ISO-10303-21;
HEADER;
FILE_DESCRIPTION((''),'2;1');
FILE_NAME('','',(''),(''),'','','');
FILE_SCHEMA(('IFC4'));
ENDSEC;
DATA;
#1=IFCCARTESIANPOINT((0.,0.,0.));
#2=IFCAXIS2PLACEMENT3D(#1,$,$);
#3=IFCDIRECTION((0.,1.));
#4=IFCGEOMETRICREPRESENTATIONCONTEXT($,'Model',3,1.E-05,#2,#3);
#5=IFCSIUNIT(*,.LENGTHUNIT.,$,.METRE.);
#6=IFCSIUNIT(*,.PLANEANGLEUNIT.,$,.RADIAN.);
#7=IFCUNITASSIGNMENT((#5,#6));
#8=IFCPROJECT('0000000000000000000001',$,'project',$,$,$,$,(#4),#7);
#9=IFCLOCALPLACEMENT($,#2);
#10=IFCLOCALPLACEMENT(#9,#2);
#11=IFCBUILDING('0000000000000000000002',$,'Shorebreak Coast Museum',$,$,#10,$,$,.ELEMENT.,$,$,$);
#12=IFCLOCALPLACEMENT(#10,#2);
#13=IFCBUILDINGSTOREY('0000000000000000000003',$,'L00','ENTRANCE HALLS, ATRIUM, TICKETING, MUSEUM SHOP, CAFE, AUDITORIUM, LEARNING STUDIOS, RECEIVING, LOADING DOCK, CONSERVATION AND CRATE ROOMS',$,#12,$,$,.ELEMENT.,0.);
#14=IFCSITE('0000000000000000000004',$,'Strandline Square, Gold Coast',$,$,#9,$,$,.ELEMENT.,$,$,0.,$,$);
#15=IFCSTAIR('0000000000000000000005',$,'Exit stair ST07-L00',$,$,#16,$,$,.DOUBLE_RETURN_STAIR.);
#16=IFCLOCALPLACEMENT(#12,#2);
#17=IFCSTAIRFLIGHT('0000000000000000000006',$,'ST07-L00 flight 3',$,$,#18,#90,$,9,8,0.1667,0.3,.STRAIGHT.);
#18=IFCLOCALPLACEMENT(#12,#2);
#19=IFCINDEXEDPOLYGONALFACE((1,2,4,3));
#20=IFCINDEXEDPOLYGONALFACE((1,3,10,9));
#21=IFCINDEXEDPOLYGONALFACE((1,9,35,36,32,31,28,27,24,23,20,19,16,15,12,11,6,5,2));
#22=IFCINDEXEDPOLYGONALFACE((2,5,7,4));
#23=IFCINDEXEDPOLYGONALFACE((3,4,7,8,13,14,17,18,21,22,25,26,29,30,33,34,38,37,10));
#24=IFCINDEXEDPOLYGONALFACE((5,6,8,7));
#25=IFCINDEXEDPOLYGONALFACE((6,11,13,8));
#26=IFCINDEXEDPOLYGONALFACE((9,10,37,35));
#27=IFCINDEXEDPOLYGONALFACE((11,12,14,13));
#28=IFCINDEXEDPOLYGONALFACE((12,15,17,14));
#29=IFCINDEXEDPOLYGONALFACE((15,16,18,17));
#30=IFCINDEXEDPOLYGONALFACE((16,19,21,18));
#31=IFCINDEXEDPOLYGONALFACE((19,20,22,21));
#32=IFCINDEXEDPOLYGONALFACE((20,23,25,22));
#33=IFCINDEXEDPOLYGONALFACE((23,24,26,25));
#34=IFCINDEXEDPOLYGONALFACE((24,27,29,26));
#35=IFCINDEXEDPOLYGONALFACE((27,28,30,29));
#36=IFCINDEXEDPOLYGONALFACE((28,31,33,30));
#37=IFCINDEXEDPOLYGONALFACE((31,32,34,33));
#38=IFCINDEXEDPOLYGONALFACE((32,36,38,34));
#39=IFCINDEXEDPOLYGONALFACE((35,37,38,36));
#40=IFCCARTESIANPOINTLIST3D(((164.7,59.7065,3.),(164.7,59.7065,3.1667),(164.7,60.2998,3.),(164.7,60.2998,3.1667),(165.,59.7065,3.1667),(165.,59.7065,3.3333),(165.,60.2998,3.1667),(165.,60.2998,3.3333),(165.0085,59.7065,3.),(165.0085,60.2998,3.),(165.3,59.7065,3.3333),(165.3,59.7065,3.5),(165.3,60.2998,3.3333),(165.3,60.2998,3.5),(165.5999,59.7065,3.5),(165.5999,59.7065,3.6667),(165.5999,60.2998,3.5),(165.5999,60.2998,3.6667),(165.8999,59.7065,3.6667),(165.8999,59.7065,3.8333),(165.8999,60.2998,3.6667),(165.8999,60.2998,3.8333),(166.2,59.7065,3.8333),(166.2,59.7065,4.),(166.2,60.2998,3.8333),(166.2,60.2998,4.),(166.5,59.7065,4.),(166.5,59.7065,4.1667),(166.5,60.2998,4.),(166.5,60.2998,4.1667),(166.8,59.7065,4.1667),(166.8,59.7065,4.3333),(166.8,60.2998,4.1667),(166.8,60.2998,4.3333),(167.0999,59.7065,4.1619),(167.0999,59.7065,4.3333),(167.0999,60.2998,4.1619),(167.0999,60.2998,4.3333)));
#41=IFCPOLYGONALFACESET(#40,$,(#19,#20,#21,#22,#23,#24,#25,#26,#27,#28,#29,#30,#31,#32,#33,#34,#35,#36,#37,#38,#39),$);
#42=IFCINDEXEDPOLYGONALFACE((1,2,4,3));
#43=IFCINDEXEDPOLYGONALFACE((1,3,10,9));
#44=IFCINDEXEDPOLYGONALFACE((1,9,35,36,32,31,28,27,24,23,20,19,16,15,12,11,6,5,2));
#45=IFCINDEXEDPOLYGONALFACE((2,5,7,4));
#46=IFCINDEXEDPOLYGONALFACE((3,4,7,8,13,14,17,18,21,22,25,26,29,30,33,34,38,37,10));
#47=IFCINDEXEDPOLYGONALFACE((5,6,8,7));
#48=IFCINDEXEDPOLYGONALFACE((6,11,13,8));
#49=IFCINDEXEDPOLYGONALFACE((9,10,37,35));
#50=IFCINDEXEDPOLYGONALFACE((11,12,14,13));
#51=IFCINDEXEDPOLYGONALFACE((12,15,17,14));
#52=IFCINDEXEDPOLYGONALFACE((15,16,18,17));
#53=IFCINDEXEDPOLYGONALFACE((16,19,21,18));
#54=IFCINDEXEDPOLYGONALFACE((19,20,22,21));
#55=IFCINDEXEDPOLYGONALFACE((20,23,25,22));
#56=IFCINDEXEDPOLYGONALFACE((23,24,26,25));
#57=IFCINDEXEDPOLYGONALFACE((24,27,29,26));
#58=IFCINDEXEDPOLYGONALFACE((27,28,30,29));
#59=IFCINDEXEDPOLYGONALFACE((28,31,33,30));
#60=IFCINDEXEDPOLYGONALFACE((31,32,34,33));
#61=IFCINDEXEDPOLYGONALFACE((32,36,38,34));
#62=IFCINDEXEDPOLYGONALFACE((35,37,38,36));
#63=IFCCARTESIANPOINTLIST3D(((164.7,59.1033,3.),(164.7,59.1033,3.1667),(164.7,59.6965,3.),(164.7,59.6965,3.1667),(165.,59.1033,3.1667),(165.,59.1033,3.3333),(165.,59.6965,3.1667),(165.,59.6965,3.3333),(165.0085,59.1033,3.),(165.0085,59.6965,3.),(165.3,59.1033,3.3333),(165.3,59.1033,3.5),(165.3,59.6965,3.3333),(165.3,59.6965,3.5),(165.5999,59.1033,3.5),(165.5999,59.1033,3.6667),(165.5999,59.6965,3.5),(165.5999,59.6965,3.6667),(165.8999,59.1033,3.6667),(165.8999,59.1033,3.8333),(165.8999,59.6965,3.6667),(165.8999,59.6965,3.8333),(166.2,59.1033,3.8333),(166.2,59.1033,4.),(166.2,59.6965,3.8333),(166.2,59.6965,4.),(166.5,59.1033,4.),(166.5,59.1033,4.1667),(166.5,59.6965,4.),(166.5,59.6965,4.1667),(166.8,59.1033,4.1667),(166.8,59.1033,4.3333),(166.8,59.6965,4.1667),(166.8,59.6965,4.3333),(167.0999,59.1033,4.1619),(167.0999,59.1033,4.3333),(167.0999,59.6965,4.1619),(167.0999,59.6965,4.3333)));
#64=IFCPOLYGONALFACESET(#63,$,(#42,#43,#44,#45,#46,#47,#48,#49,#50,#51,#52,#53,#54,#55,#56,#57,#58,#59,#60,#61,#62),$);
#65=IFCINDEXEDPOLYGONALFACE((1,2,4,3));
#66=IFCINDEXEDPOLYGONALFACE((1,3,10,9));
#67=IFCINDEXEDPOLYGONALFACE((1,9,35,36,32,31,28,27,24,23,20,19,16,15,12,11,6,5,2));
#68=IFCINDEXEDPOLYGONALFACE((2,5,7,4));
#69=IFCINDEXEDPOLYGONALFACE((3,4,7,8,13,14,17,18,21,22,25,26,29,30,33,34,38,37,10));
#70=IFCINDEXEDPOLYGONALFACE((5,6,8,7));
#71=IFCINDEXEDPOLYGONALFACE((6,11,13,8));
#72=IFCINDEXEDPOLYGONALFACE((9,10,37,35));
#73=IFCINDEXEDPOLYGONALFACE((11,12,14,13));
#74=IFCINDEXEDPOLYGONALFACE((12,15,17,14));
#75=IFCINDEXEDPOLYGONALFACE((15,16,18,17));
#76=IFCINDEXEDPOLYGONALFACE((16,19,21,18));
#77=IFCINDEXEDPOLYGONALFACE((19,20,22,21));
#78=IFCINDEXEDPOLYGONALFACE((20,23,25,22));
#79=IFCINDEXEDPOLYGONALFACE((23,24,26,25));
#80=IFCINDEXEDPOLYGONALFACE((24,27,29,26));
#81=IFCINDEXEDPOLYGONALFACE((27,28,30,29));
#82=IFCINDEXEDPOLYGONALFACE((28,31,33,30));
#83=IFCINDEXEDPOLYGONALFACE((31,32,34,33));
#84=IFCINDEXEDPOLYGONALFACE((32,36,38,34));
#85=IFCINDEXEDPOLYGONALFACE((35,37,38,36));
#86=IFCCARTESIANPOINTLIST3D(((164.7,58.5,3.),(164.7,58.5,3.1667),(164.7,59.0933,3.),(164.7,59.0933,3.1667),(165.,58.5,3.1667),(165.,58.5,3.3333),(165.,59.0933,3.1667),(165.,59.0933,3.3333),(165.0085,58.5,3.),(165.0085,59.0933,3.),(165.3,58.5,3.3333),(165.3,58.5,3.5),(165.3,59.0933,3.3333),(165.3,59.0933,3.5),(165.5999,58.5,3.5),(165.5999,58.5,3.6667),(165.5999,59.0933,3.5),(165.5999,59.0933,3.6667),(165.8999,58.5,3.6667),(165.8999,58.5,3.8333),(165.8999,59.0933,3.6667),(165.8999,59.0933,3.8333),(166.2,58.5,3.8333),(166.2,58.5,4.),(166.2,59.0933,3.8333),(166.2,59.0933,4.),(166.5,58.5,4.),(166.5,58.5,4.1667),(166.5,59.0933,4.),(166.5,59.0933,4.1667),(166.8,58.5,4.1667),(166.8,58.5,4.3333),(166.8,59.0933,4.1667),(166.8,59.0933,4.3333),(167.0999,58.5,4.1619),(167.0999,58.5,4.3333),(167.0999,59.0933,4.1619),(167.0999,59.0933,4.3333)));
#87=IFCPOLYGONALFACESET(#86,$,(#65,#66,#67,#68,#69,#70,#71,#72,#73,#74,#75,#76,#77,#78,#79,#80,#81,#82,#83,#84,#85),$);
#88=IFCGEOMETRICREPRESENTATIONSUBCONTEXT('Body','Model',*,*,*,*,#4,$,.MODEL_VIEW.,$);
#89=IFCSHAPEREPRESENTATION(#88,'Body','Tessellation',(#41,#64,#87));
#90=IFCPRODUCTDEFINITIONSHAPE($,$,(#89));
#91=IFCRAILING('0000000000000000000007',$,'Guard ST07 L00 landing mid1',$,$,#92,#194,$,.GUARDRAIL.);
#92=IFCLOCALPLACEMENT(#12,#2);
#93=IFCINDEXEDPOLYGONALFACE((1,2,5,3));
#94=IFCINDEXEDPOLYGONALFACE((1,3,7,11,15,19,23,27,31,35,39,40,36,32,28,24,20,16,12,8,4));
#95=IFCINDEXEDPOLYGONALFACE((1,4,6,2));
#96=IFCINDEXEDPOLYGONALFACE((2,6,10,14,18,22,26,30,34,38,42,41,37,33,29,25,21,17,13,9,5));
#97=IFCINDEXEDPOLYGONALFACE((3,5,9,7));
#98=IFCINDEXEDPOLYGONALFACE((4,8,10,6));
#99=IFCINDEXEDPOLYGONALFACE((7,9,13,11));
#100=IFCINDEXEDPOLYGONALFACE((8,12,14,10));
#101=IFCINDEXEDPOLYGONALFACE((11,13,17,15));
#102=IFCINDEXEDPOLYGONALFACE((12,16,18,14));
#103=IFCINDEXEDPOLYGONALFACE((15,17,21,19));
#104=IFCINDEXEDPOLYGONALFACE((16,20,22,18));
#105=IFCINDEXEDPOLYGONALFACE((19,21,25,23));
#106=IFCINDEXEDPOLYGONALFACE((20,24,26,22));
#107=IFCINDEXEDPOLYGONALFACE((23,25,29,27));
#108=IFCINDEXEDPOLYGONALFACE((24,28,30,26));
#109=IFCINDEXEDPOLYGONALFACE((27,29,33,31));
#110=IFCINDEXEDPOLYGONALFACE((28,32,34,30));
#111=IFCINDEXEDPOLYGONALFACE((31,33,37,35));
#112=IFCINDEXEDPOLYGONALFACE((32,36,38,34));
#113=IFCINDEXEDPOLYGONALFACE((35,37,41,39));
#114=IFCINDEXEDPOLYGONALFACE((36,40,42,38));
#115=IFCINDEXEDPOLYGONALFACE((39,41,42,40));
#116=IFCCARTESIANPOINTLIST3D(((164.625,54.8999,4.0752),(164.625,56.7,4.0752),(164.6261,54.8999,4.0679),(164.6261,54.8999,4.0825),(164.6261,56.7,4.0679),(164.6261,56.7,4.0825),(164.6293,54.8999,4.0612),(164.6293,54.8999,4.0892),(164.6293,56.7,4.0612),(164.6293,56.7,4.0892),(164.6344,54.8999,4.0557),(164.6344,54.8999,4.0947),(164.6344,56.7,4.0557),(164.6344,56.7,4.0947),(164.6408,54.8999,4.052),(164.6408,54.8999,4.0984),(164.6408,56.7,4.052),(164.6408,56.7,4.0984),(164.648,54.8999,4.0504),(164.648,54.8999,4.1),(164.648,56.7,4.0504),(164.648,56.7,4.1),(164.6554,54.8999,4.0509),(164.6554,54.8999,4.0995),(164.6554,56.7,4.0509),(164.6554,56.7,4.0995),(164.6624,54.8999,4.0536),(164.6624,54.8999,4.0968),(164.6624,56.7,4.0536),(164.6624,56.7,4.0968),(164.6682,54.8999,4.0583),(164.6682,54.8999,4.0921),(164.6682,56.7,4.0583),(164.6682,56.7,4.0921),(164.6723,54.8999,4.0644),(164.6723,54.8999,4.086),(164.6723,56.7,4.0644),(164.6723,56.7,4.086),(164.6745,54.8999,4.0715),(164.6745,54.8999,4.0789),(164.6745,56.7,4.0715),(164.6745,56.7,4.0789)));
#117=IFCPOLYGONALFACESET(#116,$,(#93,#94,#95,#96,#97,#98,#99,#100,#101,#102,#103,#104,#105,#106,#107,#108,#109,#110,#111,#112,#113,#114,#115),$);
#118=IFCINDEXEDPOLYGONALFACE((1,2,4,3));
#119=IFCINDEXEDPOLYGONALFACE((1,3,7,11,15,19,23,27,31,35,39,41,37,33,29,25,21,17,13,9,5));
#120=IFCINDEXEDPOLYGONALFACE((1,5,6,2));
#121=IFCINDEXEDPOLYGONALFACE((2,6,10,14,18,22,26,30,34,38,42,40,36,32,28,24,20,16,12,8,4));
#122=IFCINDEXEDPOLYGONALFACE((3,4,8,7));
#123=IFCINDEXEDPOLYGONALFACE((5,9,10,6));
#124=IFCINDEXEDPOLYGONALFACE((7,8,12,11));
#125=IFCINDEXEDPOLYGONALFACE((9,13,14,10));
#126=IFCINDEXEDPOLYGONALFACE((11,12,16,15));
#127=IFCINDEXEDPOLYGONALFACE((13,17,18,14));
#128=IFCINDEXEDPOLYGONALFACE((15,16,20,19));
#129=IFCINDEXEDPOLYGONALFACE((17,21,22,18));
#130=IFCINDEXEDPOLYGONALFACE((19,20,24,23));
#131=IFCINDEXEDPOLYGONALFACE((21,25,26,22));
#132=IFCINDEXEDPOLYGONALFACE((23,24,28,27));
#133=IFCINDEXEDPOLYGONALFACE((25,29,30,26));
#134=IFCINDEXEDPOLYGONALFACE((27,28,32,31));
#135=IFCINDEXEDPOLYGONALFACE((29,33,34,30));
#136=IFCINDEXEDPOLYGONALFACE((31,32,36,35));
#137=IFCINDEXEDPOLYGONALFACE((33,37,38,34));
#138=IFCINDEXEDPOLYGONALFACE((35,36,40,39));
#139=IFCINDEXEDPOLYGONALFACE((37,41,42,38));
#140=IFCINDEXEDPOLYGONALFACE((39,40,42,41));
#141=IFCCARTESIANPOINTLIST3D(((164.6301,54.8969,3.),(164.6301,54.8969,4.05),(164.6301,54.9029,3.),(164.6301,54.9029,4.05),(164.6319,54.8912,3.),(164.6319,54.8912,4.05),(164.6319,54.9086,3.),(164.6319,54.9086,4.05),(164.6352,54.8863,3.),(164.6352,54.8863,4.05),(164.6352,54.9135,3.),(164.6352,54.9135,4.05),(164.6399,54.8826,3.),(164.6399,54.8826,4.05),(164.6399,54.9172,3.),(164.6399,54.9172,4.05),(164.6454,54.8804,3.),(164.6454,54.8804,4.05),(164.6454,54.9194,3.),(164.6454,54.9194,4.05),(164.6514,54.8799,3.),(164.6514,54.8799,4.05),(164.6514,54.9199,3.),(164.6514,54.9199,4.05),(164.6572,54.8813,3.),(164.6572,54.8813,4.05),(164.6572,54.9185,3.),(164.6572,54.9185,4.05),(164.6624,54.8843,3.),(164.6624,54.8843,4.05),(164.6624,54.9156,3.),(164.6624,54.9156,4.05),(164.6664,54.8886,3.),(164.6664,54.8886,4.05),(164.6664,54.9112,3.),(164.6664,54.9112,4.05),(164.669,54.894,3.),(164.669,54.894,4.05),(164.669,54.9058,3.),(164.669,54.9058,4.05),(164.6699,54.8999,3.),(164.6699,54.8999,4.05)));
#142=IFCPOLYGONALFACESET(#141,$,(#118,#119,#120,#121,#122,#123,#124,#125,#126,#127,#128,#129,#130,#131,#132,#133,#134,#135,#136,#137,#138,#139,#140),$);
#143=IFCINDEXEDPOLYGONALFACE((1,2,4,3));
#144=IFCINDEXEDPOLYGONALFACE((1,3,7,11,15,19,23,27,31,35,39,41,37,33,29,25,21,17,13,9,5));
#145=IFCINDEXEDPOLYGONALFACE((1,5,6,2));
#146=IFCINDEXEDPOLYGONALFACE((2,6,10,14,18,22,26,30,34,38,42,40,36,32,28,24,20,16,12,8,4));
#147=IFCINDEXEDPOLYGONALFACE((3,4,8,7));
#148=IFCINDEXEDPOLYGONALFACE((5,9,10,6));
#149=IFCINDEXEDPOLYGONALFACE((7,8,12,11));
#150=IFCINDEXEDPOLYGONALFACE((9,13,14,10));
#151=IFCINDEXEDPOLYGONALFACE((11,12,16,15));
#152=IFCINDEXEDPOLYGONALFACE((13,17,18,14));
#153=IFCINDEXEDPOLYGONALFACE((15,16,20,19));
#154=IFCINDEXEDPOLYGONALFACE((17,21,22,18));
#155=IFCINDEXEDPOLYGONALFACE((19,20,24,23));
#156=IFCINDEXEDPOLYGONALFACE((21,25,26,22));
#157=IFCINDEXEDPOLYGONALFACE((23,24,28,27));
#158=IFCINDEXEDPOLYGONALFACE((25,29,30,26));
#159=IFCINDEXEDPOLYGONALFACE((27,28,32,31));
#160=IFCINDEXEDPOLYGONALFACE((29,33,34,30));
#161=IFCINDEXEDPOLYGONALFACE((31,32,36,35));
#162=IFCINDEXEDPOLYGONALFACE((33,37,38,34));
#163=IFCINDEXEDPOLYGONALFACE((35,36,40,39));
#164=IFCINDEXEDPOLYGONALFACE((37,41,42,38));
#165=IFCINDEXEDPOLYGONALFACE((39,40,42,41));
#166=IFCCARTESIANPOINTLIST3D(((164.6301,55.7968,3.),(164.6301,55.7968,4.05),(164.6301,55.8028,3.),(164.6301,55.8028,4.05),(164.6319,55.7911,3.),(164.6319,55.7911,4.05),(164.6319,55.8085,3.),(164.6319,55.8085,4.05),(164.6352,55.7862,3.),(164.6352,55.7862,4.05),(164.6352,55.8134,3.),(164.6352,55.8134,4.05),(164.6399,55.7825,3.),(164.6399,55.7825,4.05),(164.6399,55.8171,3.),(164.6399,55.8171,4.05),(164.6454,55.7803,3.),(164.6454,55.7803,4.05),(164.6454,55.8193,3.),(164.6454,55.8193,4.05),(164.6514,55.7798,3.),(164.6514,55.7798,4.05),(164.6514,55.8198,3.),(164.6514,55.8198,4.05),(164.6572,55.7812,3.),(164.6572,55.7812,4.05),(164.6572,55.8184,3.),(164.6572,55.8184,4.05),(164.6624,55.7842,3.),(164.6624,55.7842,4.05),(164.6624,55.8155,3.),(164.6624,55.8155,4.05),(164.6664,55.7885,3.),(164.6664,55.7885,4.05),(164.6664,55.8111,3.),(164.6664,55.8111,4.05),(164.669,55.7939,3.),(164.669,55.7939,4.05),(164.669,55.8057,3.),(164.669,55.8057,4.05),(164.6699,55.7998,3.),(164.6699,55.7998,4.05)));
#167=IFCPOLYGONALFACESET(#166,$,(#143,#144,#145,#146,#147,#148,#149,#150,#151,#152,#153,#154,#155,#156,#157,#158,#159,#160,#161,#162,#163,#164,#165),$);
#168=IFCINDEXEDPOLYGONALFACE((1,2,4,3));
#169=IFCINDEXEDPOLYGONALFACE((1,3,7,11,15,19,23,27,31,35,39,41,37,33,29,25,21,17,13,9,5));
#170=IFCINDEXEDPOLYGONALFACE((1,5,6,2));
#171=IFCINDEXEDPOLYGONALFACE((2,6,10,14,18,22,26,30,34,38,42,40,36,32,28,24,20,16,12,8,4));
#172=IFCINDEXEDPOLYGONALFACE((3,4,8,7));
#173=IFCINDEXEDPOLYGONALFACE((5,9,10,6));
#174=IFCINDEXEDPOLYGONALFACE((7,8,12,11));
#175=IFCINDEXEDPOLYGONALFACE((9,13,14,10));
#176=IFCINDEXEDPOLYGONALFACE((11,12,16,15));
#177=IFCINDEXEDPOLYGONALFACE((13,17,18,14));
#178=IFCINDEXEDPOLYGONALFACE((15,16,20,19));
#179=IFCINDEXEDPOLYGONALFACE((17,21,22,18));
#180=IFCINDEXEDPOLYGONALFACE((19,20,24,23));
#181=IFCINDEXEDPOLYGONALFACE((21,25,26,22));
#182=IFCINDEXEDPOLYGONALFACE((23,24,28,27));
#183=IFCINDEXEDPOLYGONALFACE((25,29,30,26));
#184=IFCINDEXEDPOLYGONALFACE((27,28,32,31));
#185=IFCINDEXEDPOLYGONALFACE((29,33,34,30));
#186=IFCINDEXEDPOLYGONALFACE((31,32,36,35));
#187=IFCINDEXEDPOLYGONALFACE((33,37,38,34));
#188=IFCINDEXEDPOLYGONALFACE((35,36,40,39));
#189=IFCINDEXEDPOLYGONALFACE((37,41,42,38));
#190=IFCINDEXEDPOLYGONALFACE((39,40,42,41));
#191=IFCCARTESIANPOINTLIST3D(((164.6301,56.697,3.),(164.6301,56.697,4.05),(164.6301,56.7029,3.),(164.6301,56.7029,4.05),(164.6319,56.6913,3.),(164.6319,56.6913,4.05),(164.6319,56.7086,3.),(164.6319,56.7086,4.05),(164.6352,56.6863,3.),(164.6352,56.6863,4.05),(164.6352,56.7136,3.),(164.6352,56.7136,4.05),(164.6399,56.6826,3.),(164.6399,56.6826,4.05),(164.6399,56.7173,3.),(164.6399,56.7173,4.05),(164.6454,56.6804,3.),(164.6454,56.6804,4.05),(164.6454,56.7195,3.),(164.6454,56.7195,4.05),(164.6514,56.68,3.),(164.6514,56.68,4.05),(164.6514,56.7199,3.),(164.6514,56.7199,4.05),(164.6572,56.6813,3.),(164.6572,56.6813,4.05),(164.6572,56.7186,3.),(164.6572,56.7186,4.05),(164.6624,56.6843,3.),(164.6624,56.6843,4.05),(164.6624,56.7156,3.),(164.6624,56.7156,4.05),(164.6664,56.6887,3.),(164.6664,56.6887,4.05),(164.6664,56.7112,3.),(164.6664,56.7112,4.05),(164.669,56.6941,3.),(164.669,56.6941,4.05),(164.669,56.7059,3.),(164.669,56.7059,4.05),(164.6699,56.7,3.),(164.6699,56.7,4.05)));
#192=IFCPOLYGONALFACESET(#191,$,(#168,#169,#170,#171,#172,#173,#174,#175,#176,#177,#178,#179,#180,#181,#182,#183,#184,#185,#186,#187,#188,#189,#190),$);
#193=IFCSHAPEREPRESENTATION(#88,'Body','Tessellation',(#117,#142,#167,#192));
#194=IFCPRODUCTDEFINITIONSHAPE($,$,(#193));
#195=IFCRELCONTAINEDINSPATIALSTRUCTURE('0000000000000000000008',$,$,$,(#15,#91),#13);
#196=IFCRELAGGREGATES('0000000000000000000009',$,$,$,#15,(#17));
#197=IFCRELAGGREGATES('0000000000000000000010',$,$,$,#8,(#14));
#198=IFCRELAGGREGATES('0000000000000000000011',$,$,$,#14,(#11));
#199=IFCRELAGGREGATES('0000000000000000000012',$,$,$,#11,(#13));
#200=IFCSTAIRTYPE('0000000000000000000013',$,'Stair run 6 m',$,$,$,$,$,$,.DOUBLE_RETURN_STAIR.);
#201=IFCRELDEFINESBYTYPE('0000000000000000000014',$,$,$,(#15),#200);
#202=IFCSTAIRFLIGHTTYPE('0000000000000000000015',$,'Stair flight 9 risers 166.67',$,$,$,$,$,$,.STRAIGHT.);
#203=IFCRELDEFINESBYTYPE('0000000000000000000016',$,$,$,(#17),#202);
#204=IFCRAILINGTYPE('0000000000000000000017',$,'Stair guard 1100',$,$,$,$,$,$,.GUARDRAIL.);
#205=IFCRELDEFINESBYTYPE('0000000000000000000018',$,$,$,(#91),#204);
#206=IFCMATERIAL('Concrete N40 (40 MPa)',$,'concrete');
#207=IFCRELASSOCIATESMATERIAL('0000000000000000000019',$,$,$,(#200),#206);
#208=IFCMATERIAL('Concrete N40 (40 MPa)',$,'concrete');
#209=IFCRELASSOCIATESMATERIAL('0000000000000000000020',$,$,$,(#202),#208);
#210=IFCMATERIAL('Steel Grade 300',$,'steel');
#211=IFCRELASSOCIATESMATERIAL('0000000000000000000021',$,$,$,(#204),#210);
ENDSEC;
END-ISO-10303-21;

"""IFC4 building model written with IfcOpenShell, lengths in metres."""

from ifc_helpers import new_model, si_unit, direction, frame, origin, origin_2d, place, context, subcontext, project, spatial, polyline, circle, outline, extrude, material, type_object, element, aggregate, save


model = new_model("IFC4")

# Units and contexts
model_context = context("Model", 3, precision=1e-05, world=origin(), true_north=direction((0.0, 1.0)))
body_context = subcontext(model_context, "Body", "Model", "MODEL_VIEW")
ifc_project = project(units=[si_unit("LENGTHUNIT", "METRE"), si_unit("PLANEANGLEUNIT", "RADIAN")], contexts=[model_context])

# Site, building, storey
site_placement = place(None, origin())
site = spatial("IfcSite", under=ifc_project, at=site_placement, Name="Strandline Square, Gold Coast", CompositionType="ELEMENT", RefElevation=0.0)
building_placement = place(site_placement, origin())
building = spatial("IfcBuilding", under=site, at=building_placement, Name="Shorebreak Coast Museum", CompositionType="ELEMENT")
storey_placement = place(building_placement, origin())
storey = spatial("IfcBuildingStorey", under=building, at=storey_placement, Name="L00", Description="ENTRANCE HALLS, ATRIUM, TICKETING, MUSEUM SHOP, CAFE, AUDITORIUM, LEARNING STUDIOS, RECEIVING, LOADING DOCK, CONSERVATION AND CRATE ROOMS", CompositionType="ELEMENT", Elevation=0.0)

# Stair, stair flight
ifc_material_1 = material(Name="Concrete N40 (40 MPa)", Category="concrete")
stair_type = type_object("IfcStairType", Name="Stair run 6 m", PredefinedType="DOUBLE_RETURN_STAIR", material=ifc_material_1)
stair_placement = place(storey_placement, origin())
stair = element("IfcStair", 1, at=stair_placement, inside=storey, type_object=stair_type, Name="Exit stair ST07-L00", PredefinedType="DOUBLE_RETURN_STAIR")
ifc_material_2 = material(Name="Concrete N40 (40 MPa)", Category="concrete")
stair_flight_type = type_object("IfcStairFlightType", Name="Stair flight 9 risers 166.67", PredefinedType="STRAIGHT", material=ifc_material_2)
stair_flight_1_placement = place(storey_placement, frame((164.7, 59.3999, 3.0), z_axis=(0.0, 0.0, 1.0), x_axis=(1.0, 0.0, 0.0)))
stair_flight_1 = element("IfcStairFlight", 2, at=stair_flight_1_placement, type_object=stair_flight_type, Name="ST07-L00 flight 3", NumberOfRisers=9, NumberOfTreads=8, PredefinedType="STRAIGHT", RiserHeight=0.1667, TreadLength=0.3, context=body_context, shape_type="SweptSolid", body=[
    extrude(outline(polyline([(0.0, 0.0), (0.0, 0.1667), (0.3, 0.1667), (0.3, 0.3333), (0.6001, 0.3333), (0.6001, 0.5), (0.8999, 0.5), (0.8999, 0.6667), (1.2, 0.6667), (1.2, 0.8333), (1.5, 0.8333), (1.5, 1.0), (1.8, 1.0), (1.8, 1.1667), (2.1001, 1.1667), (2.1001, 1.3333), (2.3999, 1.3333), (2.3999, 1.5), (2.3999, 1.1619), (0.3086, 0.0), (0.0, 0.0)])), frame((0.0, 0.8999, 0.0), z_axis=(0.0, -1.0, 0.0), x_axis=(1.0, 0.0, 0.0)), (0.0, 0.0, 1.0), 0.5933),
    extrude(outline(polyline([(0.0, 0.0), (0.0, 0.1667), (0.3, 0.1667), (0.3, 0.3333), (0.6001, 0.3333), (0.6001, 0.5), (0.8999, 0.5), (0.8999, 0.6667), (1.2, 0.6667), (1.2, 0.8333), (1.5, 0.8333), (1.5, 1.0), (1.8, 1.0), (1.8, 1.1667), (2.1001, 1.1667), (2.1001, 1.3333), (2.3999, 1.3333), (2.3999, 1.5), (2.3999, 1.1619), (0.3086, 0.0), (0.0, 0.0)])), frame((0.0, 0.2966, 0.0), z_axis=(0.0, -1.0, 0.0), x_axis=(1.0, 0.0, 0.0)), (0.0, 0.0, 1.0), 0.5933),
    extrude(outline(polyline([(0.0, 0.0), (0.0, 0.1667), (0.3, 0.1667), (0.3, 0.3333), (0.6001, 0.3333), (0.6001, 0.5), (0.8999, 0.5), (0.8999, 0.6667), (1.2, 0.6667), (1.2, 0.8333), (1.5, 0.8333), (1.5, 1.0), (1.8, 1.0), (1.8, 1.1667), (2.1001, 1.1667), (2.1001, 1.3333), (2.3999, 1.3333), (2.3999, 1.5), (2.3999, 1.1619), (0.3086, 0.0), (0.0, 0.0)])), frame((0.0, -0.3066, 0.0), z_axis=(0.0, -1.0, 0.0), x_axis=(1.0, 0.0, 0.0)), (0.0, 0.0, 1.0), 0.5933),
])
aggregate(stair, [stair_flight_1])

# Railing
ifc_material_3 = material(Name="Steel Grade 300", Category="steel")
railing_type_1 = type_object("IfcRailingType", Name="Stair guard 1100", PredefinedType="GUARDRAIL", material=ifc_material_3)
for number, where, name in (
    (3, (164.6499, 54.8999, 3.0), "Guard ST07 L00 landing mid1"),
):
    element("IfcRailing", number, at=place(storey_placement, frame(where)), inside=storey, type_object=railing_type_1, Name=name, PredefinedType="GUARDRAIL", context=body_context, shape_type="SweptSolid", body=[
        extrude(circle(Radius=0.0249, at=origin_2d()), frame((0.0, 0.0, 1.0752), z_axis=(0.0, 1.0, 0.0), x_axis=(-1.0, 0.0, 0.0)), (0.0, 0.0, 1.0), 1.8),
        extrude(circle(Radius=0.02, at=origin_2d()), origin(), (0.0, 0.0, 1.0), 1.05),
        extrude(circle(Radius=0.02, at=origin_2d()), frame((0.0, 0.8999, 0.0)), (0.0, 0.0, 1.0), 1.05),
        extrude(circle(Radius=0.02, at=origin_2d()), frame((0.0, 1.8, 0.0)), (0.0, 0.0, 1.0), 1.05),
    ])

save(model, "model.ifc")
